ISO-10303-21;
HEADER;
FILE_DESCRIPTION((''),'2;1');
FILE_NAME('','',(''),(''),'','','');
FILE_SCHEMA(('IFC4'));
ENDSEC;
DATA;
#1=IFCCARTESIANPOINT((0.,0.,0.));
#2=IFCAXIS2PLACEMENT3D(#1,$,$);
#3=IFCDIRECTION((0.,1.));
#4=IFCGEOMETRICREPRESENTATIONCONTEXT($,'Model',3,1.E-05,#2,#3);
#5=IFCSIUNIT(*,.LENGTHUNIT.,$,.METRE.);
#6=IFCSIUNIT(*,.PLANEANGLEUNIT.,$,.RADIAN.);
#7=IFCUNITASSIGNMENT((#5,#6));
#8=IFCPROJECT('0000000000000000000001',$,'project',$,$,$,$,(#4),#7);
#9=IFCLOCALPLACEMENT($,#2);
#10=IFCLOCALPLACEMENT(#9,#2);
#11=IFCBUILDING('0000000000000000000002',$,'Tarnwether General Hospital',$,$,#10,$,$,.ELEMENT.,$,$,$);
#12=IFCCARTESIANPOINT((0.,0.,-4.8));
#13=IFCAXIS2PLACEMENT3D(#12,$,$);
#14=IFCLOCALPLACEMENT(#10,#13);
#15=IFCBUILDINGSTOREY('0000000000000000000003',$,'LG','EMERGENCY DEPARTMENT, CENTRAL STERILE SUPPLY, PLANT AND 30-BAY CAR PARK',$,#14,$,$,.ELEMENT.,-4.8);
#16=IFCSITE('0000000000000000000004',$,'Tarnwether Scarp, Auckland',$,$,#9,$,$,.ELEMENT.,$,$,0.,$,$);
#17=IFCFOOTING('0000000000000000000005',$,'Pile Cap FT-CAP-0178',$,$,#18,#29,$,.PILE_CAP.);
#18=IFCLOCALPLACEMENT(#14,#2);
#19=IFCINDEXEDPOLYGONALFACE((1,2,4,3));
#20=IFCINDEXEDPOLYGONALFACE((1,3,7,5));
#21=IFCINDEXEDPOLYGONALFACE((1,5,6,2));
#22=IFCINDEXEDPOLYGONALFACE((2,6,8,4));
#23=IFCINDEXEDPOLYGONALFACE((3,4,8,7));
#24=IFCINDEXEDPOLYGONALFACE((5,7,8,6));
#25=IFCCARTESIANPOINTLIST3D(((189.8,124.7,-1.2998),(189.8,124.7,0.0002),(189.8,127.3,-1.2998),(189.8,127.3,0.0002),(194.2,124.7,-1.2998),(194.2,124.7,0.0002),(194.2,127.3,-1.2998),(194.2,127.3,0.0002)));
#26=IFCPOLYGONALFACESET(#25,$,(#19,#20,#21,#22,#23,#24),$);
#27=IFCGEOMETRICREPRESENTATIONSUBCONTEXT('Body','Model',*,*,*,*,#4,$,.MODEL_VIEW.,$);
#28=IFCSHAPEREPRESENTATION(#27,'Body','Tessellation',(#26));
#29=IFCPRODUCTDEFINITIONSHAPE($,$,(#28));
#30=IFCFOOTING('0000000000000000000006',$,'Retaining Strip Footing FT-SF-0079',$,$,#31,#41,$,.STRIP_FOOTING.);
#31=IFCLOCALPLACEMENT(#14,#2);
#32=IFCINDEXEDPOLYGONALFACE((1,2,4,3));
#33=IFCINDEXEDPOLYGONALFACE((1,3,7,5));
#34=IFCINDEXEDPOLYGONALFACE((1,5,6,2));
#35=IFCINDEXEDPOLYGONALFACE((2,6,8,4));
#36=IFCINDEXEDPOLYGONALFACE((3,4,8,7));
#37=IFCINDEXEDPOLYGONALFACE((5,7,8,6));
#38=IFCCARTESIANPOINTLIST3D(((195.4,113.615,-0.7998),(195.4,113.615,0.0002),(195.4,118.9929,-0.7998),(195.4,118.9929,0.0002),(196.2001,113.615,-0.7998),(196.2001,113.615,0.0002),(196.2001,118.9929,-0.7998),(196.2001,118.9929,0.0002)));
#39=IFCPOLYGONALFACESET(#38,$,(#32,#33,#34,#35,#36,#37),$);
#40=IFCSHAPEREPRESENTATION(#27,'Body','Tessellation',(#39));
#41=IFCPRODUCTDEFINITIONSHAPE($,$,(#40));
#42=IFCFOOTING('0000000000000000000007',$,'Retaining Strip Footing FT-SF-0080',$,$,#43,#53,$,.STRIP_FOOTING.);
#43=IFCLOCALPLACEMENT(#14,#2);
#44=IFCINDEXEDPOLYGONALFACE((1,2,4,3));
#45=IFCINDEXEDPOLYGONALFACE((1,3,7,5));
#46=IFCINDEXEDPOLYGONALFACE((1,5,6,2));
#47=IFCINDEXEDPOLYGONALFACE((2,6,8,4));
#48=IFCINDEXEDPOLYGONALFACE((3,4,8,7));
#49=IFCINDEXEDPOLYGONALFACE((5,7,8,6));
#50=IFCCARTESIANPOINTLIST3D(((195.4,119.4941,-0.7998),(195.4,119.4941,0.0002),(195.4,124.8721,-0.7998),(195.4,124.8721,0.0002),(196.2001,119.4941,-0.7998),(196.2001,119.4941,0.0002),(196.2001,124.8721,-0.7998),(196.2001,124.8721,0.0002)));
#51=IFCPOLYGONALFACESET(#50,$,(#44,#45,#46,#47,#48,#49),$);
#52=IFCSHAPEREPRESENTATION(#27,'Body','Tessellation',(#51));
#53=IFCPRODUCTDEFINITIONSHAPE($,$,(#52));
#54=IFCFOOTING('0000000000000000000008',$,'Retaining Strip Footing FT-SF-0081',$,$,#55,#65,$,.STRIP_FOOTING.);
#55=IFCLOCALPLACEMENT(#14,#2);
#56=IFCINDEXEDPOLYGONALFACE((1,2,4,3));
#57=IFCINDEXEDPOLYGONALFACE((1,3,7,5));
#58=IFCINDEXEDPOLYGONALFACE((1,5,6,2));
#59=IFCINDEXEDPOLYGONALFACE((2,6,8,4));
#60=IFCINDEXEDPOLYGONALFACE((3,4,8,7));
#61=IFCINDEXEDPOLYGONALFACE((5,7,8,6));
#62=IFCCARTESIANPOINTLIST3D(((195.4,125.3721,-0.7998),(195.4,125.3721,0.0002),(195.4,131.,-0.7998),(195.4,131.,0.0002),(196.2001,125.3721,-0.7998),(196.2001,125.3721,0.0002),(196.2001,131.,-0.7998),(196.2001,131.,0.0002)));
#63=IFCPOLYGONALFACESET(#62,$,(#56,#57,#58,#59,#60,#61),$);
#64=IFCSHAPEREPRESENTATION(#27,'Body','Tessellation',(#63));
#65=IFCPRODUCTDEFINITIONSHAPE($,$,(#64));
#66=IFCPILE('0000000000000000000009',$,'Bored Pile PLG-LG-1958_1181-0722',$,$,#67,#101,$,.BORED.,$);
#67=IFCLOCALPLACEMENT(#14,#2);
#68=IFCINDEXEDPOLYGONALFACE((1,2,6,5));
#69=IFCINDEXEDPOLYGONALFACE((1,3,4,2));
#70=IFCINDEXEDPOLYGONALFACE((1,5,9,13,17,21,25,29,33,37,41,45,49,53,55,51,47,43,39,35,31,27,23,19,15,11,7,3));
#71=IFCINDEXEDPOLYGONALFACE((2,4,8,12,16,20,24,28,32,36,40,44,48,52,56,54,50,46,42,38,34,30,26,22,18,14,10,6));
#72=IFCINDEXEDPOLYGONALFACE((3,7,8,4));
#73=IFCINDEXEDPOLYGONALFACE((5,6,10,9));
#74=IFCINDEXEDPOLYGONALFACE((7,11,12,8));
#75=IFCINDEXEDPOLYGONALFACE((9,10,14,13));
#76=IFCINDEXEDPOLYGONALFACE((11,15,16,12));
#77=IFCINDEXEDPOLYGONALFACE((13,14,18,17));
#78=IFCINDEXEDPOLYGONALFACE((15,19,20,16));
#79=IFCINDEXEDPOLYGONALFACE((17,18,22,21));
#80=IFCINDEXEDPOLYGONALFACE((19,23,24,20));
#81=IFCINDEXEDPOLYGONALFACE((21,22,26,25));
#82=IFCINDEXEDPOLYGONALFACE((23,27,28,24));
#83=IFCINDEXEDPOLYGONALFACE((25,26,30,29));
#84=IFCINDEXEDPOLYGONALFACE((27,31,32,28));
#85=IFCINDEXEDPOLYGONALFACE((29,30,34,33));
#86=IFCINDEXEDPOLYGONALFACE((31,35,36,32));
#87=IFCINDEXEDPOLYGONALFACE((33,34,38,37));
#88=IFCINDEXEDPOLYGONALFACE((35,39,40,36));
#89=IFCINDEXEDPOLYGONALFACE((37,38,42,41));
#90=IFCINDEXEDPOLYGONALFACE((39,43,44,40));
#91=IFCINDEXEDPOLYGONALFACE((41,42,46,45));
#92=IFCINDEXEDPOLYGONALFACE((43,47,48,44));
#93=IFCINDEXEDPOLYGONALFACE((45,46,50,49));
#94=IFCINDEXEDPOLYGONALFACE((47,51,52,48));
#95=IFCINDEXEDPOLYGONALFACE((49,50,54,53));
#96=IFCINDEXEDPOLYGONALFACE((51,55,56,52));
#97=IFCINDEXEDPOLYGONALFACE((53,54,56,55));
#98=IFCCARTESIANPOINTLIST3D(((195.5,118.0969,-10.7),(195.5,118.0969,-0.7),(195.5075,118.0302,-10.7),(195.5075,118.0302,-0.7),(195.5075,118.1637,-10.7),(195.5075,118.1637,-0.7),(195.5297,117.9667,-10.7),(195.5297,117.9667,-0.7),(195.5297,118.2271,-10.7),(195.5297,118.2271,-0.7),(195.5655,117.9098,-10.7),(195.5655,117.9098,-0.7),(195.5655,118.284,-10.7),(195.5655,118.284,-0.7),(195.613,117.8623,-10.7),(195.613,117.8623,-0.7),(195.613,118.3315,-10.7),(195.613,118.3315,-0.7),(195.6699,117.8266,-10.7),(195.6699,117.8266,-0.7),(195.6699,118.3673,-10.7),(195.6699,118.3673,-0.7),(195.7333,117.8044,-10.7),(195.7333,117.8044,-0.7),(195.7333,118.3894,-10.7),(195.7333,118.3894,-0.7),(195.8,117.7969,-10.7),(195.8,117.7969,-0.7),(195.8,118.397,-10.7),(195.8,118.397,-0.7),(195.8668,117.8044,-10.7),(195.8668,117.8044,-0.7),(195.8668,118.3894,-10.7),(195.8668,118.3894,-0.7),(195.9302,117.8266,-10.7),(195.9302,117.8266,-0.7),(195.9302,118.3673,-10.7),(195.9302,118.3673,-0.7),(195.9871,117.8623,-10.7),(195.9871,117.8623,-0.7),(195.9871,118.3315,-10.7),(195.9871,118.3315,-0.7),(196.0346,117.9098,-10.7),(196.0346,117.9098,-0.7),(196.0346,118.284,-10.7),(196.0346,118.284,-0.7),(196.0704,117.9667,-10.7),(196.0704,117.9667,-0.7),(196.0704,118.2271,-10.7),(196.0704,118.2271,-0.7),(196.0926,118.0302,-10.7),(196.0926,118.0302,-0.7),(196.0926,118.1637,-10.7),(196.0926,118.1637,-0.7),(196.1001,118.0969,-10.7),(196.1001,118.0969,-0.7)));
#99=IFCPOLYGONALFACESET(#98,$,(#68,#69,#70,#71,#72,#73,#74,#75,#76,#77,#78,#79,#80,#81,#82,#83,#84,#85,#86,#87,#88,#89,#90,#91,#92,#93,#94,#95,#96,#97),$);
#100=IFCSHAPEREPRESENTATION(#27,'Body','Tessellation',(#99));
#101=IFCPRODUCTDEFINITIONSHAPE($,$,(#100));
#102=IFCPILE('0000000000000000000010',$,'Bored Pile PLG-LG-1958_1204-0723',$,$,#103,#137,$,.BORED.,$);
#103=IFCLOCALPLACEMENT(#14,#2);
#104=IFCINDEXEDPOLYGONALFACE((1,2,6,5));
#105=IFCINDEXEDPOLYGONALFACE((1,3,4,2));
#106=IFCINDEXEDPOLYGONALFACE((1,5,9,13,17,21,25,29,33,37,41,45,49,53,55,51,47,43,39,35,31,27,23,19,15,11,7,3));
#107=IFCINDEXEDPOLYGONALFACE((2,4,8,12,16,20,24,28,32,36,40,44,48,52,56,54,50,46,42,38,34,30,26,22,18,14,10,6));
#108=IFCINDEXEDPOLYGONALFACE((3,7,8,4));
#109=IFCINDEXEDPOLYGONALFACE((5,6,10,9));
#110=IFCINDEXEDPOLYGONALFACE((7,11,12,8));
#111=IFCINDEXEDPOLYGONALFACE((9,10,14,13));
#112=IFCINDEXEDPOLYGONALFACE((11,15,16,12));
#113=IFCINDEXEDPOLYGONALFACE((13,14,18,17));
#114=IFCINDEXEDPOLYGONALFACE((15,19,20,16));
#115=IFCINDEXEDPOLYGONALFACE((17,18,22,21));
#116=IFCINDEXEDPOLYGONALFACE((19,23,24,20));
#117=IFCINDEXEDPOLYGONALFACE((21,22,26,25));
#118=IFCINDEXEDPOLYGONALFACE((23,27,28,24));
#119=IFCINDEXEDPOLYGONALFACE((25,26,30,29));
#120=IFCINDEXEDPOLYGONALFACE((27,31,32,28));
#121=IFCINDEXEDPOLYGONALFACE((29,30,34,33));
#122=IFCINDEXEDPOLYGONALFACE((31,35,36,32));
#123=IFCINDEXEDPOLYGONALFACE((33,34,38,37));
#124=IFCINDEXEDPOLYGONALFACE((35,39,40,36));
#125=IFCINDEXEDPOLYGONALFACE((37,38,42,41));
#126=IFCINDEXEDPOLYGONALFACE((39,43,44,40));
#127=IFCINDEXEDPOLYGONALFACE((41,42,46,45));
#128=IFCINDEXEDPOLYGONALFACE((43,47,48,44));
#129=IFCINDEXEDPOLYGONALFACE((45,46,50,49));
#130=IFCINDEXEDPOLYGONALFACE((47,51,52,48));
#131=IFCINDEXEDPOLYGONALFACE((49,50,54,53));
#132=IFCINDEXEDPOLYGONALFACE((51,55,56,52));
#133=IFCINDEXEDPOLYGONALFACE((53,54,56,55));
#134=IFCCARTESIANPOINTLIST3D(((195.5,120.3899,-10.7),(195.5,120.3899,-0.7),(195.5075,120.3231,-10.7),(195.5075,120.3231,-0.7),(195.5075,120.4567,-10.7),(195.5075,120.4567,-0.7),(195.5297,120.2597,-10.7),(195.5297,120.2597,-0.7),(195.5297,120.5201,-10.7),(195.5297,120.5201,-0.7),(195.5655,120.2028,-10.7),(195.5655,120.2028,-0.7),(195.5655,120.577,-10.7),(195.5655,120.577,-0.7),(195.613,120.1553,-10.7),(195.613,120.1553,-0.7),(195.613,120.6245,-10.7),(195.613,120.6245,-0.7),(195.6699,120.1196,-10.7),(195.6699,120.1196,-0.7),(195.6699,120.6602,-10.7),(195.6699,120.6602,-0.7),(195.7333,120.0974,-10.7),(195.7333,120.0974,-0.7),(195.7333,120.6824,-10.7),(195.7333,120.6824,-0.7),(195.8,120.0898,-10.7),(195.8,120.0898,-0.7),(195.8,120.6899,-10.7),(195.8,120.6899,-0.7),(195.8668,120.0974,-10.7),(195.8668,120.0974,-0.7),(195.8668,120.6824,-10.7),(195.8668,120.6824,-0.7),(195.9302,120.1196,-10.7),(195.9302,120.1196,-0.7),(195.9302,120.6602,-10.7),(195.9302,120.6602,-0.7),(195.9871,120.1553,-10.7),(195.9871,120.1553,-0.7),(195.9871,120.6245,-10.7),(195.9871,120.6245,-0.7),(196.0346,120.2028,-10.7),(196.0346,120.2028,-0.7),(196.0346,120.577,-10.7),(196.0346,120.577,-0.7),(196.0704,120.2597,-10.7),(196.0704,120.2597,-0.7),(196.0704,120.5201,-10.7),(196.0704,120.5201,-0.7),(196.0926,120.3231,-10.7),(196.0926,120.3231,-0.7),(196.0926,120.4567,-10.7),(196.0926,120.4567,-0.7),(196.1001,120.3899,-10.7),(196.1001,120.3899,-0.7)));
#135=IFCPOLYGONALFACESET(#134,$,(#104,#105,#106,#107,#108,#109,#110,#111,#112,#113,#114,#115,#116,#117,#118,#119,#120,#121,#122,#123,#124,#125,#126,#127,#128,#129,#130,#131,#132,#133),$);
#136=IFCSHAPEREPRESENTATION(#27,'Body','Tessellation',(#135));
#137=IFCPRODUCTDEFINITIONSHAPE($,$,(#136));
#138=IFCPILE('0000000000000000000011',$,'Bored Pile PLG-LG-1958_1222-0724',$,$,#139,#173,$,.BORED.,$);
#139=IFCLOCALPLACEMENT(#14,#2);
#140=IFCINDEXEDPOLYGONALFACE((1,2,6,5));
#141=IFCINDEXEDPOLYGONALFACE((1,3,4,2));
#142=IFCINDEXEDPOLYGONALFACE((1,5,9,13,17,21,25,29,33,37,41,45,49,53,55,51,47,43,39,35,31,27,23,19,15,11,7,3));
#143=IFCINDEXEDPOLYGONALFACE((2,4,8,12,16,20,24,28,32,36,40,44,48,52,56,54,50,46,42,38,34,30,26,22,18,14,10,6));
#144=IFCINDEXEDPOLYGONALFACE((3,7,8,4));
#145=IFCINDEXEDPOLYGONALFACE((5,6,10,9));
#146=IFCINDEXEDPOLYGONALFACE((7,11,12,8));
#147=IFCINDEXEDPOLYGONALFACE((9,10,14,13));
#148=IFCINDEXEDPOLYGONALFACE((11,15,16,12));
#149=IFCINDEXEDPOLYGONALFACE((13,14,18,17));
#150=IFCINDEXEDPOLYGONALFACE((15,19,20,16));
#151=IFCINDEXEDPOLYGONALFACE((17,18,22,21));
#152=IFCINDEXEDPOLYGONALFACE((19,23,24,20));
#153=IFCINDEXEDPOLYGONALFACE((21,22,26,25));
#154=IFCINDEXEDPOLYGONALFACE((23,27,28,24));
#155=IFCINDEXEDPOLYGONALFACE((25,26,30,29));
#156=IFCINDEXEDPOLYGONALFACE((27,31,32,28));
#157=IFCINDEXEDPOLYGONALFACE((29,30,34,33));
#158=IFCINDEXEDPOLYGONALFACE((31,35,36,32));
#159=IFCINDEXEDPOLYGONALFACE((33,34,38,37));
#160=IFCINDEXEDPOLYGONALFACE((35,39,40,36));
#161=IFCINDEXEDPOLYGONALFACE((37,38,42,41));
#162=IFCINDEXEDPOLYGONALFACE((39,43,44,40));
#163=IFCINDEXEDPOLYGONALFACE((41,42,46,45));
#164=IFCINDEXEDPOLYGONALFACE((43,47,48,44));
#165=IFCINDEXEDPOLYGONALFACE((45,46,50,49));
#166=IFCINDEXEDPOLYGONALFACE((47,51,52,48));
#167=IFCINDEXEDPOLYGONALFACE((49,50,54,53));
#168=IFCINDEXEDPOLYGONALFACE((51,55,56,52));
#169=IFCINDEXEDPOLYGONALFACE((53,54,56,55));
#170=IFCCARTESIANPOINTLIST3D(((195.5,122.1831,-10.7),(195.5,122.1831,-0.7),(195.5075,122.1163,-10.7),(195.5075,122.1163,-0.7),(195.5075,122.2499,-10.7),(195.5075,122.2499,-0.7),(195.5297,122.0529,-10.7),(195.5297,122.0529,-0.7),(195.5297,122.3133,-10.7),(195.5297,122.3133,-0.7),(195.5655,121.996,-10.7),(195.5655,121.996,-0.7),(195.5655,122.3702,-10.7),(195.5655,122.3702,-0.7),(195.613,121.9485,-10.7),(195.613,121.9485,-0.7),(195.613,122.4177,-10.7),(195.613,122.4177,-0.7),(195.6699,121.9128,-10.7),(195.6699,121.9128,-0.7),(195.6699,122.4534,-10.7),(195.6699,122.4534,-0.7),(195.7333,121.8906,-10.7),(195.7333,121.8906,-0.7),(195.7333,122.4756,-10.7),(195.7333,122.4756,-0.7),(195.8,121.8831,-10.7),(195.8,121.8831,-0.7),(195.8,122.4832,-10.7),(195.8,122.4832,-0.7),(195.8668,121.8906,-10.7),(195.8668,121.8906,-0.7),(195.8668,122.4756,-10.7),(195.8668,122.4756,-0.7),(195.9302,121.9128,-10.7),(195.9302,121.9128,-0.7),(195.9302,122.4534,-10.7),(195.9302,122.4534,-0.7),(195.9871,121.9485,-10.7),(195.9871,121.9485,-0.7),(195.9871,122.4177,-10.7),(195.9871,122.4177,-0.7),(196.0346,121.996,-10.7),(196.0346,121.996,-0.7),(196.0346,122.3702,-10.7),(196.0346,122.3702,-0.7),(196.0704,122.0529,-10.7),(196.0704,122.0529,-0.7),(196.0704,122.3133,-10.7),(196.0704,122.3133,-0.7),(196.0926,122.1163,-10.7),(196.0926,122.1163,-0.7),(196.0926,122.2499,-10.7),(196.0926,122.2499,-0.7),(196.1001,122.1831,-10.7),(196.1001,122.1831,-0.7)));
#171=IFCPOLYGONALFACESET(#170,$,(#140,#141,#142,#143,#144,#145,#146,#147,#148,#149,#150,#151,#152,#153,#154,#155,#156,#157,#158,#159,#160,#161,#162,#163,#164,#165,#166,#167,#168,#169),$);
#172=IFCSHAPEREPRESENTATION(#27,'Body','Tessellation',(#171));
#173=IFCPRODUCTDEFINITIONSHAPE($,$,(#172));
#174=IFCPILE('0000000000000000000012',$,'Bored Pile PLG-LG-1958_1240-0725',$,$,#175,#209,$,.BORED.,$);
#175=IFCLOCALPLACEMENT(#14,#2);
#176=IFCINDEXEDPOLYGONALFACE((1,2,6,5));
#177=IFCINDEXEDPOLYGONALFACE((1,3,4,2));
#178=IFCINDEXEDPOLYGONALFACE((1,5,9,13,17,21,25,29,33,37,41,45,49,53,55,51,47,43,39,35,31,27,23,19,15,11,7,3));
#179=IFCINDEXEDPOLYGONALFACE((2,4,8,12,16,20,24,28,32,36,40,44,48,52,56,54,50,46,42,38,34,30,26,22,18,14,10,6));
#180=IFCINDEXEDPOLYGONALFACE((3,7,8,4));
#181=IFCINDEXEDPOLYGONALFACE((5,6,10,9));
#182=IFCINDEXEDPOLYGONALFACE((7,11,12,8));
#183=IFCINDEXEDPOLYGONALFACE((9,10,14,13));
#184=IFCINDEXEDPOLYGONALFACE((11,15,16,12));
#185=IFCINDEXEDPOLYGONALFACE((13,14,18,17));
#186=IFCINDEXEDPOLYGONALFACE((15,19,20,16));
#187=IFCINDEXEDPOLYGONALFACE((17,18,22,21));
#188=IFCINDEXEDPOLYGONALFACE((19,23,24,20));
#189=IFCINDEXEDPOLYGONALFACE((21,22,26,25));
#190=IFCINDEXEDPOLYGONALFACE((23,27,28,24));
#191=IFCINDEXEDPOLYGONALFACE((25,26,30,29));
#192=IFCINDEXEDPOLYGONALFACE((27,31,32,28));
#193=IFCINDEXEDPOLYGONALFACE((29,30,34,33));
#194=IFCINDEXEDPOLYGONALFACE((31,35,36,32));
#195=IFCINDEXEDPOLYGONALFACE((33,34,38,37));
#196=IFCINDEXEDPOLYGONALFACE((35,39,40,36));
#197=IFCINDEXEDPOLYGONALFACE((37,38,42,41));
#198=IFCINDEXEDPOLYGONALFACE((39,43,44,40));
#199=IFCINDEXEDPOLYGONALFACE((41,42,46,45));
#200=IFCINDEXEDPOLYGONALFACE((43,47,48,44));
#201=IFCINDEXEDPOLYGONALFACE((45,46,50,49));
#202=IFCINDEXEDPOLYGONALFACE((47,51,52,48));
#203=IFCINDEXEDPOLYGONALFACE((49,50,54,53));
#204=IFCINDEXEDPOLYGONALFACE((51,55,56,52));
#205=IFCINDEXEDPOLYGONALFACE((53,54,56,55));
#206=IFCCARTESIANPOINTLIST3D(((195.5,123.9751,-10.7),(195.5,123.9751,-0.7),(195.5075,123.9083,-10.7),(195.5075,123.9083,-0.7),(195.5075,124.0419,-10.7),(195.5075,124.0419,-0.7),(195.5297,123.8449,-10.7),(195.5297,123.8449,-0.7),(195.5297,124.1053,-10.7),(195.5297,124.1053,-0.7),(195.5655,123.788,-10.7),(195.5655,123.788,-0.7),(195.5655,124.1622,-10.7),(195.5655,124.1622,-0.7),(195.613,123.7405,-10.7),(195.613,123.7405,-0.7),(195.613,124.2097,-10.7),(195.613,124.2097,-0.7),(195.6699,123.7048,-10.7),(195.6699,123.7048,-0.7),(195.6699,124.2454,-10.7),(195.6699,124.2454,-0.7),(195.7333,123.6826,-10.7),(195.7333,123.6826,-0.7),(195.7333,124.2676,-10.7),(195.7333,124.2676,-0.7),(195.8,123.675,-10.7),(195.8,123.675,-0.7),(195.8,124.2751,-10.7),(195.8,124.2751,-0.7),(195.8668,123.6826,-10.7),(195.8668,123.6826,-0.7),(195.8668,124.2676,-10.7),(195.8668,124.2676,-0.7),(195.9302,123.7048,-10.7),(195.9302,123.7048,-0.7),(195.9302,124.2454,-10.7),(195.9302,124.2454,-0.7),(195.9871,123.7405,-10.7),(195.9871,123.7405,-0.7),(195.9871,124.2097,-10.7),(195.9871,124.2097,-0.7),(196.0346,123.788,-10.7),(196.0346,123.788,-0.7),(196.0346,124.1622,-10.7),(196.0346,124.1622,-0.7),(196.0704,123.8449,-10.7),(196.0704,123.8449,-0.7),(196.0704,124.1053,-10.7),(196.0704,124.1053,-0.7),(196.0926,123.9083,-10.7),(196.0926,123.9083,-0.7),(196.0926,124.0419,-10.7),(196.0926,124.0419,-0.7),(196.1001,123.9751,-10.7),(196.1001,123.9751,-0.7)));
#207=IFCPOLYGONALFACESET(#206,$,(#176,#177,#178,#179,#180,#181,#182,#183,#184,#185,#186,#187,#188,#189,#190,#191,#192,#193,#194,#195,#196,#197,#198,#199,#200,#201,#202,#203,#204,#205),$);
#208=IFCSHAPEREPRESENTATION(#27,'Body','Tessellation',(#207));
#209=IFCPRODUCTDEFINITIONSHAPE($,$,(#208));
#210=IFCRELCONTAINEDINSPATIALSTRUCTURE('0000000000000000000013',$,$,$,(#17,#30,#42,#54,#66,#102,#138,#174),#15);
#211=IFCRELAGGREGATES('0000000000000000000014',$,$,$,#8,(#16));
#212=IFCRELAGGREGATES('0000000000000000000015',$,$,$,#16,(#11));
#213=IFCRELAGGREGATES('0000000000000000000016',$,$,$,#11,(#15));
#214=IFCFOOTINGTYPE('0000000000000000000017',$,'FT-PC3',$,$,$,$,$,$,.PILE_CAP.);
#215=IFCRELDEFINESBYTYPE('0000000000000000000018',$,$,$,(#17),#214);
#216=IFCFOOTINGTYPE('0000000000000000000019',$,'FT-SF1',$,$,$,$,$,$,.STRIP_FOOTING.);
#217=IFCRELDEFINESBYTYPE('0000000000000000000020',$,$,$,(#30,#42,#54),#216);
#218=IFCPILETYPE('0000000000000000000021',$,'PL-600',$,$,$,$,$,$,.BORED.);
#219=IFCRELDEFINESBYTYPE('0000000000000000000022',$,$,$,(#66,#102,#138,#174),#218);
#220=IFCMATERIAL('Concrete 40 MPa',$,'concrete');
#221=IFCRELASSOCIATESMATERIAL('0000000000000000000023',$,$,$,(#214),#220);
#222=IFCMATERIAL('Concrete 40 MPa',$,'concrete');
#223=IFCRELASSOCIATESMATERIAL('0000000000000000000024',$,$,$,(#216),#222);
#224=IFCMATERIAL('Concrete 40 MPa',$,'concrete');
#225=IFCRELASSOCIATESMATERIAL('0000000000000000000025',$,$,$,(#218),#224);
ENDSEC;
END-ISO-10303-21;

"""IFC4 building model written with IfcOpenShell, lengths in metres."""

from ifc_helpers import new_model, si_unit, direction, frame, origin, origin_2d, place, context, subcontext, project, spatial, rectangle, circle, extrude, material, material_profile, profile_set, type_object, element, save


model = new_model("IFC4")

# Units and contexts
model_context = context("Model", 3, precision=1e-05, world=origin(), true_north=direction((0.0, 1.0)))
body_context = subcontext(model_context, "Body", "Model", "MODEL_VIEW")
ifc_project = project(units=[si_unit("LENGTHUNIT", "METRE"), si_unit("PLANEANGLEUNIT", "RADIAN")], contexts=[model_context])

# Site, building, storey
site_placement = place(None, origin())
site = spatial("IfcSite", under=ifc_project, at=site_placement, Name="Tarnwether Scarp, Auckland", CompositionType="ELEMENT", RefElevation=0.0)
building_placement = place(site_placement, origin())
building = spatial("IfcBuilding", under=site, at=building_placement, Name="Tarnwether General Hospital", CompositionType="ELEMENT")
storey_placement = place(building_placement, frame((0.0, 0.0, -4.8)))
storey = spatial("IfcBuildingStorey", under=building, at=storey_placement, Name="LG", Description="EMERGENCY DEPARTMENT, CENTRAL STERILE SUPPLY, PLANT AND 30-BAY CAR PARK", CompositionType="ELEMENT", Elevation=-4.8)

# Footings
ifc_material_1 = material(Name="Concrete 40 MPa", Category="concrete")
footing_type_1 = type_object("IfcFootingType", Name="FT-PC3", PredefinedType="PILE_CAP", material=ifc_material_1)
footing_1_placement = place(storey_placement, frame((192.0, 126.0, -1.2998), z_axis=(0.0, 0.0, 1.0), x_axis=(1.0, 0.0, 0.0)))
element("IfcFooting", 1, at=footing_1_placement, inside=storey, type_object=footing_type_1, Name="Pile Cap FT-CAP-0178", PredefinedType="PILE_CAP", context=body_context, shape_type="SweptSolid", body=[
    extrude(rectangle(XDim=4.3999, YDim=2.6001, at=origin_2d()), origin(), (0.0, 0.0, 1.0), 1.3),
])
ifc_material_2 = material(Name="Concrete 40 MPa", Category="concrete")
footing_type_2 = type_object("IfcFootingType", Name="FT-SF1", PredefinedType="STRIP_FOOTING", material=ifc_material_2)
for number, where, z_axis, x_axis, name in (
    (2, (195.8, 116.304, -0.7998), (0.0, 0.0, 1.0), (0.0, 1.0, 0.0), "Retaining Strip Footing FT-SF-0079"),
    (3, (195.8, 122.1831, -0.7998), (0.0, 0.0, 1.0), (0.0, 1.0, 0.0), "Retaining Strip Footing FT-SF-0080"),
):
    element("IfcFooting", number, at=place(storey_placement, frame(where, z_axis=z_axis, x_axis=x_axis)), inside=storey, type_object=footing_type_2, Name=name, PredefinedType="STRIP_FOOTING", context=body_context, shape_type="SweptSolid", body=[
        extrude(rectangle(XDim=5.3779, YDim=0.8, at=origin_2d()), origin(), (0.0, 0.0, 1.0), 0.8),
    ])
footing_2_placement = place(storey_placement, frame((195.8, 128.186, -0.7998), z_axis=(0.0, 0.0, 1.0), x_axis=(0.0, 1.0, 0.0)))
element("IfcFooting", 4, at=footing_2_placement, inside=storey, type_object=footing_type_2, Name="Retaining Strip Footing FT-SF-0081", PredefinedType="STRIP_FOOTING", context=body_context, shape_type="SweptSolid", body=[
    extrude(rectangle(XDim=5.6279, YDim=0.8, at=origin_2d()), origin(), (0.0, 0.0, 1.0), 0.8),
])

# Piles
ifc_material_3 = material(Name="Concrete 40 MPa", Category="concrete")
ifc_material_profile_1 = material_profile(ifc_material_3, circle(Radius=0.3, at=origin_2d()), Name="PILE-D600")
ifc_profile_set_1 = profile_set([ifc_material_profile_1], Name="Concrete 40 MPa")
pile_type_1 = type_object("IfcPileType", Name="PL-600", PredefinedType="BORED", material=ifc_profile_set_1)
for number, where, z_axis, x_axis, name in (
    (5, (195.8, 118.0969, -0.7), (0.0, 0.0, -1.0), (1.0, 0.0, 0.0), "Bored Pile PLG-LG-1958_1181-0722"),
    (6, (195.8, 120.3899, -0.7), (0.0, 0.0, -1.0), (1.0, 0.0, 0.0), "Bored Pile PLG-LG-1958_1204-0723"),
    (7, (195.8, 122.1831, -0.7), (0.0, 0.0, -1.0), (1.0, 0.0, 0.0), "Bored Pile PLG-LG-1958_1222-0724"),
    (8, (195.8, 123.9751, -0.7), (0.0, 0.0, -1.0), (1.0, 0.0, 0.0), "Bored Pile PLG-LG-1958_1240-0725"),
):
    element("IfcPile", number, at=place(storey_placement, frame(where, z_axis=z_axis, x_axis=x_axis)), inside=storey, type_object=pile_type_1, Name=name, PredefinedType="BORED", context=body_context, shape_type="SweptSolid", body=[
        extrude(circle(Radius=0.3, at=origin_2d()), origin(), (0.0, 0.0, 1.0), 10.0),
    ])

save(model, "model.ifc")
